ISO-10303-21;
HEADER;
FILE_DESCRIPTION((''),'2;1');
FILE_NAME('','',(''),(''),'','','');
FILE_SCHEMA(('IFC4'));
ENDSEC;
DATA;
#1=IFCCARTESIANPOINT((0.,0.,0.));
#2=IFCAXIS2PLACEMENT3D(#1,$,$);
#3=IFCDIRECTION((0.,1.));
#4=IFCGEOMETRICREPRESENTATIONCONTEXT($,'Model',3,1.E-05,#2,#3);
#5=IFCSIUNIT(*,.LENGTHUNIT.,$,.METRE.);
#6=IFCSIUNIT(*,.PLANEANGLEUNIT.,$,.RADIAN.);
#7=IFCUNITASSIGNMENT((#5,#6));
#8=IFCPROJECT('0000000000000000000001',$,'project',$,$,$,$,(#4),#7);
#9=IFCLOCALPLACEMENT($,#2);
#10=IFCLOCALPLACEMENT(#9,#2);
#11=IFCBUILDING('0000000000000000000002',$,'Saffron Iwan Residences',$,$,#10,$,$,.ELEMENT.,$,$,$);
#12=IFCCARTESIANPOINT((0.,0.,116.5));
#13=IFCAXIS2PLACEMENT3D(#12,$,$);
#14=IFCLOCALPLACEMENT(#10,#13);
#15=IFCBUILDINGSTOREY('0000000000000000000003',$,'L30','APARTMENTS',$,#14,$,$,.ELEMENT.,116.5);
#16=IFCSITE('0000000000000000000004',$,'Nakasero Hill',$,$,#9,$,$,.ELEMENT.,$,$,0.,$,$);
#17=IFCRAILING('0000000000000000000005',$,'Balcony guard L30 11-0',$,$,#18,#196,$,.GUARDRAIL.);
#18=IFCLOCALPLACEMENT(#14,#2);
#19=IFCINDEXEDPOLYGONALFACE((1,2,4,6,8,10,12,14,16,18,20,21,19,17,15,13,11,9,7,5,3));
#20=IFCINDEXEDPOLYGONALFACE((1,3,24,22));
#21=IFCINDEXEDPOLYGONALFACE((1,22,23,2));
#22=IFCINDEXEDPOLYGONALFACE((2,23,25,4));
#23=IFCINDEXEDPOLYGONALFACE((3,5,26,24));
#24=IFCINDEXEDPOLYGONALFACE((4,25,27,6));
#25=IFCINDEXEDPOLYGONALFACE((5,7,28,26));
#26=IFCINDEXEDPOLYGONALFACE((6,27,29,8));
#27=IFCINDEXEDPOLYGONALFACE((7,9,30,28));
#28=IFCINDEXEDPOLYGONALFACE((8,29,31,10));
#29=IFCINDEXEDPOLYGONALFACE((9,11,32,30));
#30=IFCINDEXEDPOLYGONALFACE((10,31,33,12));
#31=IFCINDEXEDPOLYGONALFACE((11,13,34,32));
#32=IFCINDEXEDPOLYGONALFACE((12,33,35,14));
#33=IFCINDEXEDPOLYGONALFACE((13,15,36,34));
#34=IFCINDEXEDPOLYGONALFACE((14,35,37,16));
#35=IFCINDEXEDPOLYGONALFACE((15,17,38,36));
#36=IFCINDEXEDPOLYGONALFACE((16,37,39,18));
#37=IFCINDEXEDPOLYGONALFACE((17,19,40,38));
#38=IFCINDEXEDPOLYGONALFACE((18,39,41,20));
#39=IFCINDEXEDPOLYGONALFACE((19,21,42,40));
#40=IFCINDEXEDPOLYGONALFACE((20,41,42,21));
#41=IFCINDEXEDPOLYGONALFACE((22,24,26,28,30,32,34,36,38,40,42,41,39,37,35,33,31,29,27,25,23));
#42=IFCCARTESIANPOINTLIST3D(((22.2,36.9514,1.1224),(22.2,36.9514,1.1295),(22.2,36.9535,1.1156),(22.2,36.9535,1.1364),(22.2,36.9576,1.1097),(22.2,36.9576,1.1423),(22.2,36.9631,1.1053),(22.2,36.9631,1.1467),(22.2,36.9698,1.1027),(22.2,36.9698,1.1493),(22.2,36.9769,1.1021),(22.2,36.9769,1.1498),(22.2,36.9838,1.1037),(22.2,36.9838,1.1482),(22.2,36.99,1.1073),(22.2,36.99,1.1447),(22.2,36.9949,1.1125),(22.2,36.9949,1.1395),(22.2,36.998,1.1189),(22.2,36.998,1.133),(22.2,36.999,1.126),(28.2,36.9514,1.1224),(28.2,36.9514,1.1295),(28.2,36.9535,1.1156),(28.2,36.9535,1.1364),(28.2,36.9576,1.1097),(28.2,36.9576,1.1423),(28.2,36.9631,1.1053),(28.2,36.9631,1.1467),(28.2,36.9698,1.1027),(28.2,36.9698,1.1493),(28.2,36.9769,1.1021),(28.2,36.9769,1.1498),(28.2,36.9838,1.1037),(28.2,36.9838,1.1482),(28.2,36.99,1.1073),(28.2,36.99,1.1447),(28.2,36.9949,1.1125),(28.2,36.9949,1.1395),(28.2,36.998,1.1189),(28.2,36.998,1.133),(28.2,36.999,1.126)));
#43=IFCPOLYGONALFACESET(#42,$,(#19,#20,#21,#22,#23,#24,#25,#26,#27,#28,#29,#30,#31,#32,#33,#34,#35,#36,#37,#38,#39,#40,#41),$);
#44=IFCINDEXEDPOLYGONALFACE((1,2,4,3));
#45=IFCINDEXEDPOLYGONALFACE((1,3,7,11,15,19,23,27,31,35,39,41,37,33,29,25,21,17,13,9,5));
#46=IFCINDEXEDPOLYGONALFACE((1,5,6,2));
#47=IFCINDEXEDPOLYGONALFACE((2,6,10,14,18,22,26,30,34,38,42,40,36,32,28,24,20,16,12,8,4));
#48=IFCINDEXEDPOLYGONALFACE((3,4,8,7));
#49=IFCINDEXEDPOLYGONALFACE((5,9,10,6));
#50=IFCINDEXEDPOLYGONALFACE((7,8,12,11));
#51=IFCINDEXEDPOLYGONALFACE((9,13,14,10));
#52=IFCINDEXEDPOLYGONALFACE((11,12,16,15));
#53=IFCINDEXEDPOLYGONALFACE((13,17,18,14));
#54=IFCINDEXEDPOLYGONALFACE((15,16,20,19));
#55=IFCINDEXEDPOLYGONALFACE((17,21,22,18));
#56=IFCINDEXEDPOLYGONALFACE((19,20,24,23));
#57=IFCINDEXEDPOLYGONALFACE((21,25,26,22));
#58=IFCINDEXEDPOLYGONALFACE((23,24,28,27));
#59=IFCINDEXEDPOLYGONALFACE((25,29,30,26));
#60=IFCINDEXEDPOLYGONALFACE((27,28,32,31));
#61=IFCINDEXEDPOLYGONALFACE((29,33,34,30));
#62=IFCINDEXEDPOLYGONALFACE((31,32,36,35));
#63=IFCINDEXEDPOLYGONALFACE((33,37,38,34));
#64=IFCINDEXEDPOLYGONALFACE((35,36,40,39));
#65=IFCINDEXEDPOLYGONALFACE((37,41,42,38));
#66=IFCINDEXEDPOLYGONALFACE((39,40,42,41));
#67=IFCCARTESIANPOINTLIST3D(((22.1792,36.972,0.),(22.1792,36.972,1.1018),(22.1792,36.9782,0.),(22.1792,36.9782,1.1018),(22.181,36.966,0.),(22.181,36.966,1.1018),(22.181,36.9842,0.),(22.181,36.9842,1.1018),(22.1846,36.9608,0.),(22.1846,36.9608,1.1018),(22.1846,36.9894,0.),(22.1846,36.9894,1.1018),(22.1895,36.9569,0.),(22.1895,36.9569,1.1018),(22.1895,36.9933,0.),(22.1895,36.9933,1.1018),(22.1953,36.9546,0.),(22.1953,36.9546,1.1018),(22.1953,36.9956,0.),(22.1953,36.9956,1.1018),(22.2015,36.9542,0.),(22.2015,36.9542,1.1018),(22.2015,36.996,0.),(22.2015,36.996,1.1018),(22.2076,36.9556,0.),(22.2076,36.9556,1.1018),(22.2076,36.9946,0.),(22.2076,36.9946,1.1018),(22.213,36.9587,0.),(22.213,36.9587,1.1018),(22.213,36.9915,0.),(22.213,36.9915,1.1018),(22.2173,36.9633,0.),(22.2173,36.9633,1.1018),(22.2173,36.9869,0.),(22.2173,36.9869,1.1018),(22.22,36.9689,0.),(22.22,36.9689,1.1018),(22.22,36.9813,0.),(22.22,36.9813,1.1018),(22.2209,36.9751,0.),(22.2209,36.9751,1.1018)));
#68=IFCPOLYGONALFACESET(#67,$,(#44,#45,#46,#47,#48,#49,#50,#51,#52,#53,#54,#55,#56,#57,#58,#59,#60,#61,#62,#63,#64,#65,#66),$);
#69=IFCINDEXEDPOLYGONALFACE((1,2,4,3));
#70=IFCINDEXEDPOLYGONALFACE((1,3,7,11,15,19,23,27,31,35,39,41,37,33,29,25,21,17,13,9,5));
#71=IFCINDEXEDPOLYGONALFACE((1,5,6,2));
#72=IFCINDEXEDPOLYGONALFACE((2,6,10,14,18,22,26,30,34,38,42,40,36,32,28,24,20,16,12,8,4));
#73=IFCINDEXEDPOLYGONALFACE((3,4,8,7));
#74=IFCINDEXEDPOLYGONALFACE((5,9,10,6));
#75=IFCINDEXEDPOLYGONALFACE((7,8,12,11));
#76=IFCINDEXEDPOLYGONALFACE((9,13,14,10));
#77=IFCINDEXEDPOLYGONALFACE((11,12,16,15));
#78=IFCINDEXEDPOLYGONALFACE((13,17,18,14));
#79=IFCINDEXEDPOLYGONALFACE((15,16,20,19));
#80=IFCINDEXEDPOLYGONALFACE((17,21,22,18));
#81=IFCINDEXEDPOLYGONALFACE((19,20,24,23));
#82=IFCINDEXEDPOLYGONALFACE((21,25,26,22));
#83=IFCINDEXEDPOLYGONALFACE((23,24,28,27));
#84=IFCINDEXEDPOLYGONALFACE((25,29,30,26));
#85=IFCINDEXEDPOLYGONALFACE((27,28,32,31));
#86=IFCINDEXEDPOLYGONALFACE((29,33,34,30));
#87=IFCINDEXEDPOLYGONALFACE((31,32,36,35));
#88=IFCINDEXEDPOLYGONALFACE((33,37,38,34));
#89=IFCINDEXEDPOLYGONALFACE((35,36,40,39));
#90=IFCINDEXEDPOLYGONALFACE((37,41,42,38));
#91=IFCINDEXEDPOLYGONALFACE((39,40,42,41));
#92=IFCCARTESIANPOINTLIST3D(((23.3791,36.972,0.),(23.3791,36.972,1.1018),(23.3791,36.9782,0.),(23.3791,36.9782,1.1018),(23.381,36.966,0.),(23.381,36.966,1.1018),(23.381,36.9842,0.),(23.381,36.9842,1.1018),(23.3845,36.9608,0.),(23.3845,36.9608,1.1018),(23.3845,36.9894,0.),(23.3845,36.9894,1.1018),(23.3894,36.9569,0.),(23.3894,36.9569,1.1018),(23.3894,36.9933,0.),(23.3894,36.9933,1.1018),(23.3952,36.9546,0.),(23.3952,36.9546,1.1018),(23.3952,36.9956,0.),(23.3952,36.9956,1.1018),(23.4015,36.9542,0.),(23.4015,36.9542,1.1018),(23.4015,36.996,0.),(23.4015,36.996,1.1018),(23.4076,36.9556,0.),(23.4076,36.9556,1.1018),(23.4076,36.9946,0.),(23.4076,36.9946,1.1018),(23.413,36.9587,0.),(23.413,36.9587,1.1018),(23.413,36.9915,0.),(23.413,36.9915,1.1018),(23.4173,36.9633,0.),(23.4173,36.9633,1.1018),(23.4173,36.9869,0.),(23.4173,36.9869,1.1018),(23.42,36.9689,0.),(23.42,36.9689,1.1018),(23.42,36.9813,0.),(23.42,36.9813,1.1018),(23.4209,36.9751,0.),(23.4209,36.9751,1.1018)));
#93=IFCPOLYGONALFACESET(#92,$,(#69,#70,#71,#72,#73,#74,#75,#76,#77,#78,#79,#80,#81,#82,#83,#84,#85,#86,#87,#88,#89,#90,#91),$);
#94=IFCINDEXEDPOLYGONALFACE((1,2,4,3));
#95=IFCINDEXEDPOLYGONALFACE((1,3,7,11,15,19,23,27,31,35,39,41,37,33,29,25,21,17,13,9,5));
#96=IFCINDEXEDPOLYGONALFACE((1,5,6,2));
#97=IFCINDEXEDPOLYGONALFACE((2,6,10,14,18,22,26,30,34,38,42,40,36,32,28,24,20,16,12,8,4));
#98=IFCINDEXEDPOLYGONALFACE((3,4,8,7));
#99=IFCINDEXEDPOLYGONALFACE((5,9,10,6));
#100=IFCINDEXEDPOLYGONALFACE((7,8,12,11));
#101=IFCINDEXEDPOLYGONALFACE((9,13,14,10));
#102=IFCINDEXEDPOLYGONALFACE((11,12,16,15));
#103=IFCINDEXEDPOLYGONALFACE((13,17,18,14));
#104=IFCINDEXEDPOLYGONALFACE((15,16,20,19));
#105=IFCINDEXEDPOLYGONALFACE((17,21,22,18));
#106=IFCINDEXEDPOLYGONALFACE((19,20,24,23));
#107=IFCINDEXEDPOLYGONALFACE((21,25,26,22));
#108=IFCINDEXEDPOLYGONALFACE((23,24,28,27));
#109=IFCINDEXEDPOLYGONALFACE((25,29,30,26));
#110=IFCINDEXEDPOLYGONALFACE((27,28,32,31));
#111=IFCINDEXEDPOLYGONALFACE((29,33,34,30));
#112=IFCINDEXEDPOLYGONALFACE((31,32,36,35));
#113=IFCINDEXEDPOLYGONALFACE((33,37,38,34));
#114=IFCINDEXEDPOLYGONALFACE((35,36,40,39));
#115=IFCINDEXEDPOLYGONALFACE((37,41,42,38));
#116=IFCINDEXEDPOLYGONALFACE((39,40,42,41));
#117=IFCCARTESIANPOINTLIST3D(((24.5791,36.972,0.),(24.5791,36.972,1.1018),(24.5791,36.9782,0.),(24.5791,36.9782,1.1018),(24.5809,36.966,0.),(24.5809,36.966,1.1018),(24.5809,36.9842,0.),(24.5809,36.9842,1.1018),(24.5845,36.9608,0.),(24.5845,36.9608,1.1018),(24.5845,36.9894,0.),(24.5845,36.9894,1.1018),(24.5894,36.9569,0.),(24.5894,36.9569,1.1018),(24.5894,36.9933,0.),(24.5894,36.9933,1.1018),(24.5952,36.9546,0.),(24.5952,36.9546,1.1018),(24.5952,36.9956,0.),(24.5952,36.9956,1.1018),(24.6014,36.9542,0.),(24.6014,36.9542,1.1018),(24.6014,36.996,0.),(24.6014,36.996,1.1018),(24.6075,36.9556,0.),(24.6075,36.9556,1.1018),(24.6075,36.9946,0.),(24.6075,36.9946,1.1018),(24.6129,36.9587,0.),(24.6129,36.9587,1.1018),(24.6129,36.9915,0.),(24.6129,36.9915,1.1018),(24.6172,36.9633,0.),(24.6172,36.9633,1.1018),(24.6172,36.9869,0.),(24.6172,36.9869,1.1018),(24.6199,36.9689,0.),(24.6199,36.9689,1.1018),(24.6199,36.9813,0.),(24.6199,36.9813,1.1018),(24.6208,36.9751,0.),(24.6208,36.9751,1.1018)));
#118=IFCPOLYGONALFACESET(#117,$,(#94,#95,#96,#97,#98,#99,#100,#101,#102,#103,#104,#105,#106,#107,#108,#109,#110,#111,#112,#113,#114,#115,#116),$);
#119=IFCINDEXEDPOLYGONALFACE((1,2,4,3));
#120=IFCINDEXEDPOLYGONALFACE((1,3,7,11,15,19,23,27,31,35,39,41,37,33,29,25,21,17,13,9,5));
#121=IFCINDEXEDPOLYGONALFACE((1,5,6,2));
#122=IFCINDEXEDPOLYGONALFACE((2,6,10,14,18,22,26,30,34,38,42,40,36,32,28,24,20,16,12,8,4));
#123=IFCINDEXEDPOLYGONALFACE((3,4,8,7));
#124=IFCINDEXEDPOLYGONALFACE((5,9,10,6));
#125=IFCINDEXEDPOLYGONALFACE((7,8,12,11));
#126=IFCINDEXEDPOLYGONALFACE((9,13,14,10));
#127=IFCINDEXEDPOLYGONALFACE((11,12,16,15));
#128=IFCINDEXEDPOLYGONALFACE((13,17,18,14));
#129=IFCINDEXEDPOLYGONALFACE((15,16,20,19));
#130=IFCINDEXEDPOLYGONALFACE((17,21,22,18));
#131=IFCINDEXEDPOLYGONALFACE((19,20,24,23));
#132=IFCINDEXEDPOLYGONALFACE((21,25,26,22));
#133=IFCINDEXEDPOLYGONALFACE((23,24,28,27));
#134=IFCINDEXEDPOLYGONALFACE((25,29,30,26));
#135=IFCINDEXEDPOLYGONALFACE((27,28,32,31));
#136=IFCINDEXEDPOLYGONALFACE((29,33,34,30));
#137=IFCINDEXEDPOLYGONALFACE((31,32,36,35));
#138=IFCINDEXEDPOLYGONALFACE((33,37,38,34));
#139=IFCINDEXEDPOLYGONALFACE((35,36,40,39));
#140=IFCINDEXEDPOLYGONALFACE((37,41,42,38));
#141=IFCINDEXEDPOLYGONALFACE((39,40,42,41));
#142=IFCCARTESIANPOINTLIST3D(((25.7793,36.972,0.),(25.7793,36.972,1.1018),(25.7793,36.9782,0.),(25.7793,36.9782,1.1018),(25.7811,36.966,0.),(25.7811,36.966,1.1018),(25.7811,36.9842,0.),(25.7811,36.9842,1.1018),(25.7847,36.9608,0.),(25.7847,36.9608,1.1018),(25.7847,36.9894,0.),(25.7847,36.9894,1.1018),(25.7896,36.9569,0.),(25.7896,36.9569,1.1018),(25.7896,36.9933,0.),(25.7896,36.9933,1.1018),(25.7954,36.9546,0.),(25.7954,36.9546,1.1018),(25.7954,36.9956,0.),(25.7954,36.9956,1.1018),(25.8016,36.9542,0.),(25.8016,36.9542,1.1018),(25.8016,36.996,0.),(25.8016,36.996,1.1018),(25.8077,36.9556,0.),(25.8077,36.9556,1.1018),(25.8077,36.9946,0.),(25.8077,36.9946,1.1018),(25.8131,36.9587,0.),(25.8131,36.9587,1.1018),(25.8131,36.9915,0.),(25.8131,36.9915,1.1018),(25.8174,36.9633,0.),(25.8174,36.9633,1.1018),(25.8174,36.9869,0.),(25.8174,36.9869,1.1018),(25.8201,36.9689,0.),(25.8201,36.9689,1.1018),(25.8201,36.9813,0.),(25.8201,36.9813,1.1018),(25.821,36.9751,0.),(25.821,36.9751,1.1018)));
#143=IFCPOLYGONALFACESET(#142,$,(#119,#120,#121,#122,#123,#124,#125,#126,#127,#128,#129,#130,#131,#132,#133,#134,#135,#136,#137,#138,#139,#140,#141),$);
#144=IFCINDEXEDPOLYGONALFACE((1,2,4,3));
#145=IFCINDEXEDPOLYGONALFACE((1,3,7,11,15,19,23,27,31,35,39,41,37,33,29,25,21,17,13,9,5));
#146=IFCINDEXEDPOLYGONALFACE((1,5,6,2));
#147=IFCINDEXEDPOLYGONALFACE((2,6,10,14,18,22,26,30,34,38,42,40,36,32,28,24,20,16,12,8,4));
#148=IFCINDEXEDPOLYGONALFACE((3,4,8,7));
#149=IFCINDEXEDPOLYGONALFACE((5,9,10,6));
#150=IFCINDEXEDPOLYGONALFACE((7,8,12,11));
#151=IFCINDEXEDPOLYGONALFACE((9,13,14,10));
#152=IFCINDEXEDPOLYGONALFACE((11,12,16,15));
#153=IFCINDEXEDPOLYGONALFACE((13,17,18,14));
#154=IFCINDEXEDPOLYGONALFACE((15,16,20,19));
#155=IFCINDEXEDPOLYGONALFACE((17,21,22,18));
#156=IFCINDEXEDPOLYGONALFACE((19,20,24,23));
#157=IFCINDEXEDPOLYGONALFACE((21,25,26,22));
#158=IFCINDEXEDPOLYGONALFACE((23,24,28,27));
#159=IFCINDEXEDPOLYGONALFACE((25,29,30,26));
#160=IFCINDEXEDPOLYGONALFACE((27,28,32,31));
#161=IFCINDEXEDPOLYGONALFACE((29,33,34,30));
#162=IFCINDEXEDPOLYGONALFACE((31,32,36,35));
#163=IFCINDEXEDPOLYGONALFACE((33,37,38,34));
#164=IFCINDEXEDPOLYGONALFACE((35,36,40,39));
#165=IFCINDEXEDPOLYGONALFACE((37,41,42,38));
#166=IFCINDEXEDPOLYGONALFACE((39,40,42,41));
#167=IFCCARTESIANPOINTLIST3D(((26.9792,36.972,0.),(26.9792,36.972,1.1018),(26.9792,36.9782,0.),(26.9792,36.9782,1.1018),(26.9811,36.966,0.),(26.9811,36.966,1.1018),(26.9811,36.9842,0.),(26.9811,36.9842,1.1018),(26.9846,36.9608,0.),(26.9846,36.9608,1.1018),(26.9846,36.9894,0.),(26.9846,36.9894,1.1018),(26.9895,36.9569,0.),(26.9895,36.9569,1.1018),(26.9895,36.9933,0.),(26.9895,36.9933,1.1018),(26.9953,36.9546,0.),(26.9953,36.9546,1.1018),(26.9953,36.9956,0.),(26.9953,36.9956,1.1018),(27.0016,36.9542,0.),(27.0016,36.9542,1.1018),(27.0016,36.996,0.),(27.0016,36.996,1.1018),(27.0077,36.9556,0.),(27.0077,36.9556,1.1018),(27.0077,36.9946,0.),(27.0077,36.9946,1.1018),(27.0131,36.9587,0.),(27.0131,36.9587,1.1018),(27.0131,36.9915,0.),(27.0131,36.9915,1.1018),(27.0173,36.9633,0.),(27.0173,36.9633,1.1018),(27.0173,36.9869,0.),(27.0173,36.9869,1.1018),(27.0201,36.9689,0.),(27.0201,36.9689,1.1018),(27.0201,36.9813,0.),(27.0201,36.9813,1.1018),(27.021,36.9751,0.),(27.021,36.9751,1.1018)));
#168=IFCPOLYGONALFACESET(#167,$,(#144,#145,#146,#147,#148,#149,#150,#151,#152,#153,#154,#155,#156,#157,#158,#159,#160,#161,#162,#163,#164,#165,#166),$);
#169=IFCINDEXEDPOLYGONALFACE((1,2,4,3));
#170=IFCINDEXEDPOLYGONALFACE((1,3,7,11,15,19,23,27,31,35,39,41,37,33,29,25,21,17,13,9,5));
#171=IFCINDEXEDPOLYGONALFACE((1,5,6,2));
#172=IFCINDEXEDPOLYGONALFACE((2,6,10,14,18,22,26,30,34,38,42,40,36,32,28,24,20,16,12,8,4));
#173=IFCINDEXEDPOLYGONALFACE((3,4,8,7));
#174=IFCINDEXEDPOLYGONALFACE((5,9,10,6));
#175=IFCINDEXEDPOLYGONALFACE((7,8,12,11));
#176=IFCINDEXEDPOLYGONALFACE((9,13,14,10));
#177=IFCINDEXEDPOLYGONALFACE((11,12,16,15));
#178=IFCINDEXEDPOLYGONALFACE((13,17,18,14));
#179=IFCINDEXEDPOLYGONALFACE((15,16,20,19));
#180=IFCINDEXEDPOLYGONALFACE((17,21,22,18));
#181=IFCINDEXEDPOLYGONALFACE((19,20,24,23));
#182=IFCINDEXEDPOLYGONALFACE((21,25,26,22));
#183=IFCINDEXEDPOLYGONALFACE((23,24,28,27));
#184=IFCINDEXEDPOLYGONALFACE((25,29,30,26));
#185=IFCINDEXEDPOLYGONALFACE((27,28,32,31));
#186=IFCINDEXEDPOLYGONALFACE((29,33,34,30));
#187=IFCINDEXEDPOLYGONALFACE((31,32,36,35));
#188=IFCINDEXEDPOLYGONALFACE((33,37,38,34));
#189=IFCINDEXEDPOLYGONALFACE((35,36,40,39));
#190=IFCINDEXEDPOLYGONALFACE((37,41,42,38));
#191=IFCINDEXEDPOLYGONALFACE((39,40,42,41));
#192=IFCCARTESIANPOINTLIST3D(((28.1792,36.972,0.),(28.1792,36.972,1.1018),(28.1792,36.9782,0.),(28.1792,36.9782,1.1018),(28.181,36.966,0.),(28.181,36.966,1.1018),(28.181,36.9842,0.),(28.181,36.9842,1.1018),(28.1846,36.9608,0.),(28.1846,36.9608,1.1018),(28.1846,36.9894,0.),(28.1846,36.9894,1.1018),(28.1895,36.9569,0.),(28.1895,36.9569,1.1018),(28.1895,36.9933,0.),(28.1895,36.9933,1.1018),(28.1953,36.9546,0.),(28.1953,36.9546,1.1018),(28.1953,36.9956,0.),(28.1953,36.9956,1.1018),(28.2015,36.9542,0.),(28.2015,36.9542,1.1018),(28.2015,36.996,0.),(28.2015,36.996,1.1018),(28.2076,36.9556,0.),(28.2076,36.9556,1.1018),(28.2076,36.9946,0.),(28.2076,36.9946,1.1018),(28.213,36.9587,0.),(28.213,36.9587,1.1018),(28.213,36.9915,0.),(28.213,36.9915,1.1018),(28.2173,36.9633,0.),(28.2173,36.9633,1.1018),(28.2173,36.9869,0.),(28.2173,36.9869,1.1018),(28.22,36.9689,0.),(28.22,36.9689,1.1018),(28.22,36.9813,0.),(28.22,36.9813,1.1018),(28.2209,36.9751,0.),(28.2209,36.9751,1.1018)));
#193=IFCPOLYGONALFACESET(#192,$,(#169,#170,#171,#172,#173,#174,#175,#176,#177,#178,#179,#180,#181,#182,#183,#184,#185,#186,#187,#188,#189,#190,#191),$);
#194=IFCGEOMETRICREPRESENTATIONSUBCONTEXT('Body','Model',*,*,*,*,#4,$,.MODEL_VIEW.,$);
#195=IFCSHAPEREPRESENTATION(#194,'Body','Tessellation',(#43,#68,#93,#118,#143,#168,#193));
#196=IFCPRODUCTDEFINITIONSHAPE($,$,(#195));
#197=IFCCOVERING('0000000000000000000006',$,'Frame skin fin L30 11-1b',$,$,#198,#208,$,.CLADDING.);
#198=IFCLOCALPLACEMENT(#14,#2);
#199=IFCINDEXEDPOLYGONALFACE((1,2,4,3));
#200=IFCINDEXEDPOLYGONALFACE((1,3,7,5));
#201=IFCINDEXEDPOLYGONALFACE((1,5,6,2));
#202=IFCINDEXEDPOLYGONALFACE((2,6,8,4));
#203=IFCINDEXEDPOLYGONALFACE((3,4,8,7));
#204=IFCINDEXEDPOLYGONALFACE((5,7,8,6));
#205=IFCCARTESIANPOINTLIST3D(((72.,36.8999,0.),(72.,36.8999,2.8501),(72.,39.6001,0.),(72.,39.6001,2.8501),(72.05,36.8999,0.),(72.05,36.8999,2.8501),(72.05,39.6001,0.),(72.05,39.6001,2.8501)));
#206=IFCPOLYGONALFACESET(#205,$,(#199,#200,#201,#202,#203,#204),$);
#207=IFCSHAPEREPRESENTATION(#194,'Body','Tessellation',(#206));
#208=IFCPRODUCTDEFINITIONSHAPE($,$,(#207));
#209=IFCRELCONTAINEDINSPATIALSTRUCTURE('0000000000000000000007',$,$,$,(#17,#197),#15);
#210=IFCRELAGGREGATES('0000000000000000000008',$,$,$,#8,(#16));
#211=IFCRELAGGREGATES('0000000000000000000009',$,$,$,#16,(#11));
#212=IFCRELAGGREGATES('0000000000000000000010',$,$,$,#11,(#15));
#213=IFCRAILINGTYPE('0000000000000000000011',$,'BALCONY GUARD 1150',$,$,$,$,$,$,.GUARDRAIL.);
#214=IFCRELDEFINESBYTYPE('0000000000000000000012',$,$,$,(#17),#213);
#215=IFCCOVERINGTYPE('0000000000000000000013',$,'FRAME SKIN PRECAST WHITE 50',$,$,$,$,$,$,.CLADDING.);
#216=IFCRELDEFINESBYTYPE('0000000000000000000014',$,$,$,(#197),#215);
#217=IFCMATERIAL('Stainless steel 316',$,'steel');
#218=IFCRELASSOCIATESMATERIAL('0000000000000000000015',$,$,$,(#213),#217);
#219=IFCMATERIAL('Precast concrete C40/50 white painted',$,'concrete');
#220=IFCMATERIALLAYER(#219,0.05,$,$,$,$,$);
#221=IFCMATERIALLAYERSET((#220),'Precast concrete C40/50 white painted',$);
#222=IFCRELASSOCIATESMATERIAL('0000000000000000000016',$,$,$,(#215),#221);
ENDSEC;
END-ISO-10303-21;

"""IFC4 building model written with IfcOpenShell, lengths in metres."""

from ifc_helpers import new_model, si_unit, direction, frame, origin, origin_2d, place, context, subcontext, project, spatial, polyline, circle, outline, extrude, material, layer, layer_set, type_object, element, save


model = new_model("IFC4")

# Units and contexts
model_context = context("Model", 3, precision=1e-05, world=origin(), true_north=direction((0.0, 1.0)))
body_context = subcontext(model_context, "Body", "Model", "MODEL_VIEW")
ifc_project = project(units=[si_unit("LENGTHUNIT", "METRE"), si_unit("PLANEANGLEUNIT", "RADIAN")], contexts=[model_context])

# Site, building, storey
site_placement = place(None, origin())
site = spatial("IfcSite", under=ifc_project, at=site_placement, Name="Nakasero Hill", CompositionType="ELEMENT", RefElevation=0.0)
building_placement = place(site_placement, origin())
building = spatial("IfcBuilding", under=site, at=building_placement, Name="Saffron Iwan Residences", CompositionType="ELEMENT")
storey_placement = place(building_placement, frame((0.0, 0.0, 116.5)))
storey = spatial("IfcBuildingStorey", under=building, at=storey_placement, Name="L30", Description="APARTMENTS", CompositionType="ELEMENT", Elevation=116.5)

# Railing
ifc_material_1 = material(Name="Stainless steel 316", Category="steel")
railing_type = type_object("IfcRailingType", Name="BALCONY GUARD 1150", PredefinedType="GUARDRAIL", material=ifc_material_1)
railing_placement = place(storey_placement, frame((22.2, 36.9751, 0.0)))
element("IfcRailing", 1, at=railing_placement, inside=storey, type_object=railing_type, Name="Balcony guard L30 11-0", PredefinedType="GUARDRAIL", context=body_context, shape_type="SweptSolid", body=[
    extrude(circle(Radius=0.0239, at=origin_2d()), frame((0.0, 0.0, 1.126), z_axis=(1.0, 0.0, 0.0), x_axis=(0.0, 1.0, 0.0)), (0.0, 0.0, 1.0), 6.0),
    extrude(circle(Radius=0.021, at=origin_2d()), origin(), (0.0, 0.0, 1.0), 1.1018),
    extrude(circle(Radius=0.021, at=origin_2d()), frame((1.2, 0.0, 0.0)), (0.0, 0.0, 1.0), 1.1018),
    extrude(circle(Radius=0.021, at=origin_2d()), frame((2.3999, 0.0, 0.0)), (0.0, 0.0, 1.0), 1.1018),
    extrude(circle(Radius=0.021, at=origin_2d()), frame((3.6001, 0.0, 0.0)), (0.0, 0.0, 1.0), 1.1018),
    extrude(circle(Radius=0.021, at=origin_2d()), frame((4.8, 0.0, 0.0)), (0.0, 0.0, 1.0), 1.1018),
    extrude(circle(Radius=0.021, at=origin_2d()), frame((6.0, 0.0, 0.0)), (0.0, 0.0, 1.0), 1.1018),
])

# Covering
ifc_material_2 = material(Name="Precast concrete C40/50 white painted", Category="concrete")
ifc_layer_1 = layer(ifc_material_2, 0.05)
ifc_layer_set_1 = layer_set([ifc_layer_1], Name="Precast concrete C40/50 white painted")
covering_type_1 = type_object("IfcCoveringType", Name="FRAME SKIN PRECAST WHITE 50", PredefinedType="CLADDING", material=ifc_layer_set_1)
covering_1_placement = place(storey_placement, origin())
element("IfcCovering", 2, at=covering_1_placement, inside=storey, type_object=covering_type_1, Name="Frame skin fin L30 11-1b", PredefinedType="CLADDING", context=body_context, shape_type="SweptSolid", body=[
    extrude(outline(polyline([(72.0, 36.8999), (72.05, 36.8999), (72.05, 39.6001), (72.0, 39.6001), (72.0, 36.8999)])), origin(), (0.0, 0.0, 1.0), 2.8501),
])

save(model, "model.ifc")
